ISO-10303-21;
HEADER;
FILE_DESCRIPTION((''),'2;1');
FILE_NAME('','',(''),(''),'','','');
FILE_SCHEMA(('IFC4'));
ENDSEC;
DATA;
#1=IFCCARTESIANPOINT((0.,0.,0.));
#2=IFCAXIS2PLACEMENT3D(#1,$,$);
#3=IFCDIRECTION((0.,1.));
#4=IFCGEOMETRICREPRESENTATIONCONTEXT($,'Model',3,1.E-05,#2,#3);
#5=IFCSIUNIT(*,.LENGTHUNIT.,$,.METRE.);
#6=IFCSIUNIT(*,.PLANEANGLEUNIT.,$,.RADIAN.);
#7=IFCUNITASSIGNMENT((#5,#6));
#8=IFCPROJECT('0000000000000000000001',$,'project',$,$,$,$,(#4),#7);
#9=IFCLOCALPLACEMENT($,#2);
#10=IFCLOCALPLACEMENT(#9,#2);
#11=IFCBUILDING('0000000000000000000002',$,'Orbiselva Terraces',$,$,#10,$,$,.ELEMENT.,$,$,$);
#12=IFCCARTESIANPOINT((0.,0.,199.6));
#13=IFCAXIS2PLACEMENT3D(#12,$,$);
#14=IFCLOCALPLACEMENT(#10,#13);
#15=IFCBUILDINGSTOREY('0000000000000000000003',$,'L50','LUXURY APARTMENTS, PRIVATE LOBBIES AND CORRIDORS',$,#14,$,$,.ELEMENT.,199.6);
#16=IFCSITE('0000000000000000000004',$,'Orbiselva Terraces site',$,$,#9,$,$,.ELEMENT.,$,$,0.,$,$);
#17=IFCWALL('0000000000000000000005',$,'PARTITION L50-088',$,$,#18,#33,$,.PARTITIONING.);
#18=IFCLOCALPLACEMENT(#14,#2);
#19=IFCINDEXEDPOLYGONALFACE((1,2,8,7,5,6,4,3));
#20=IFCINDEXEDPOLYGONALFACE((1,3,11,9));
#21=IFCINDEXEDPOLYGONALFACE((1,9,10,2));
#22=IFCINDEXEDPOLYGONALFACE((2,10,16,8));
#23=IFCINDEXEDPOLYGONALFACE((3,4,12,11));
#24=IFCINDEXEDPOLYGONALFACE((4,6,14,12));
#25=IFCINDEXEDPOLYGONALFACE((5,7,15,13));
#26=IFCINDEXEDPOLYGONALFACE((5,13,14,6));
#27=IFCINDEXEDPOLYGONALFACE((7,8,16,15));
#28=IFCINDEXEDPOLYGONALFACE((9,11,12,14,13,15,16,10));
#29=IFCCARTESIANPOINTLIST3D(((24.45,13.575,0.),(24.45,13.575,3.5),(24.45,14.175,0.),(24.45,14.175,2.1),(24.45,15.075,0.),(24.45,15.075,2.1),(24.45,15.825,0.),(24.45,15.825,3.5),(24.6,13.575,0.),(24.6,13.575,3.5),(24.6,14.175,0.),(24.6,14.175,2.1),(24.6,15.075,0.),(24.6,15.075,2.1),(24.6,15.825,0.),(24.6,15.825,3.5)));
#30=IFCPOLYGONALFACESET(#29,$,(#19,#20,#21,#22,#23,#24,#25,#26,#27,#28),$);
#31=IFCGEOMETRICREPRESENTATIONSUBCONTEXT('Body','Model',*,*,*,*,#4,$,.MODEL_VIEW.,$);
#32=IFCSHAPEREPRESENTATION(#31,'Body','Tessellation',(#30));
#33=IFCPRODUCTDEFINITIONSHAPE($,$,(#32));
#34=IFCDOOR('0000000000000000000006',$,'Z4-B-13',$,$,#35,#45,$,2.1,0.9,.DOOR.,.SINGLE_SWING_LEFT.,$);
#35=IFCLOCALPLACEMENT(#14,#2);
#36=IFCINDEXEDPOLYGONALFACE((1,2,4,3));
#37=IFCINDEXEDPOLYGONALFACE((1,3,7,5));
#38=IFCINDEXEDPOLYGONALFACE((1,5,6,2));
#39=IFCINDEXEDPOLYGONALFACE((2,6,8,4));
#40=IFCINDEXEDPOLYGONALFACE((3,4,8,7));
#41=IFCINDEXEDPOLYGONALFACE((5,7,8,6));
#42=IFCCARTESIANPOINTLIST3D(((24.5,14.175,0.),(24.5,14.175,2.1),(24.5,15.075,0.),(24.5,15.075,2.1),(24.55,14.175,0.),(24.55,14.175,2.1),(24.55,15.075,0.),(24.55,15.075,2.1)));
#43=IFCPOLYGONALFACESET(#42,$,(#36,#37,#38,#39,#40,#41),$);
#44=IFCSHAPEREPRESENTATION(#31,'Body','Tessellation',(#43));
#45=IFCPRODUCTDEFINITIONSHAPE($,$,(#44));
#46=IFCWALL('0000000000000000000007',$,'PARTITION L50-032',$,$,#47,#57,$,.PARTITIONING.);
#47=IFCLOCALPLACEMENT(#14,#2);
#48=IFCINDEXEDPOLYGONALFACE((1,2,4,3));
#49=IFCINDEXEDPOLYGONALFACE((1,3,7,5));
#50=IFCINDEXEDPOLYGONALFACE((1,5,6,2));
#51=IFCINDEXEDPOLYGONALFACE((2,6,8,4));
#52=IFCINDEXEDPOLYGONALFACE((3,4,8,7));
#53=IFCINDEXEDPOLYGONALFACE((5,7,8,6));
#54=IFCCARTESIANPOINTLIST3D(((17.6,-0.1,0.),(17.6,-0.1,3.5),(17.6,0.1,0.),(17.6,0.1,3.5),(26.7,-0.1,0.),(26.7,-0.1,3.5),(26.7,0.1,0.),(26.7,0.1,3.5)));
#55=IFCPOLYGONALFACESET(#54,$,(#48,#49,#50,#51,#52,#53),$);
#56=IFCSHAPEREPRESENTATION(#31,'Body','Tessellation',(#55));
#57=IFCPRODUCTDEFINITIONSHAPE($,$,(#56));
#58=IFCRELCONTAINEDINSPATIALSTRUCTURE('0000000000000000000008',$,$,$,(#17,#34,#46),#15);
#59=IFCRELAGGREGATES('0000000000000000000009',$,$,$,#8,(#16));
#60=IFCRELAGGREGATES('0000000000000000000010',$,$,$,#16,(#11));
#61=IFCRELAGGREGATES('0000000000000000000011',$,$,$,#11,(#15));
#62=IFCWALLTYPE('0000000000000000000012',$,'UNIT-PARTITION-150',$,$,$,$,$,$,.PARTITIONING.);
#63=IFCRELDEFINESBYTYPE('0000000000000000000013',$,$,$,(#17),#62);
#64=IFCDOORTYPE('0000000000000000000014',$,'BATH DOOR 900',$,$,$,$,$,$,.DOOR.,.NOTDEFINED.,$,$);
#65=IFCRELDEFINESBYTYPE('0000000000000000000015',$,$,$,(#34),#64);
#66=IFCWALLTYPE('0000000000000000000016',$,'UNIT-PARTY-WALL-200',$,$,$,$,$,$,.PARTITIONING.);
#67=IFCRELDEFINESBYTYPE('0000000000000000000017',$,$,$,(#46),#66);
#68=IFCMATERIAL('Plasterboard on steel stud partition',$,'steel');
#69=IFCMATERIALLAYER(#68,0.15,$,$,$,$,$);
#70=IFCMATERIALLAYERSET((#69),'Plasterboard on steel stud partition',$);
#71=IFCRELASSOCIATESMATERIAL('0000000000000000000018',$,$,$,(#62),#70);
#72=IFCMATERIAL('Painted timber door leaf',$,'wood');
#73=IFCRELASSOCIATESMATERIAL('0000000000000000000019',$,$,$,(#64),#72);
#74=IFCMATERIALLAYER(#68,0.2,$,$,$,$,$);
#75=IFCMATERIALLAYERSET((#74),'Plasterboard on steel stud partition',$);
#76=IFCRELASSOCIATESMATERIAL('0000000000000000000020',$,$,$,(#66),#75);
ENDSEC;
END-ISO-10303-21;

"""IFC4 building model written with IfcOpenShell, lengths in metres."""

from ifc_helpers import new_model, si_unit, direction, frame, frame_2d, origin, place, context, subcontext, project, spatial, rectangle, extrude, material, layer, layer_set, type_object, element, fill, save


model = new_model("IFC4")

# Units and contexts
model_context = context("Model", 3, precision=1e-05, world=origin(), true_north=direction((0.0, 1.0)))
body_context = subcontext(model_context, "Body", "Model", "MODEL_VIEW")
ifc_project = project(units=[si_unit("LENGTHUNIT", "METRE"), si_unit("PLANEANGLEUNIT", "RADIAN")], contexts=[model_context])

# Site, building, storey
site_placement = place(None, origin())
site = spatial("IfcSite", under=ifc_project, at=site_placement, Name="Orbiselva Terraces site", CompositionType="ELEMENT", RefElevation=0.0)
building_placement = place(site_placement, origin())
building = spatial("IfcBuilding", under=site, at=building_placement, Name="Orbiselva Terraces", CompositionType="ELEMENT")
storey_placement = place(building_placement, frame((0.0, 0.0, 199.6)))
storey = spatial("IfcBuildingStorey", under=building, at=storey_placement, Name="L50", Description="LUXURY APARTMENTS, PRIVATE LOBBIES AND CORRIDORS", CompositionType="ELEMENT", Elevation=199.6)

# Shared definitions
ifc_material_1 = material(Name="Plasterboard on steel stud partition", Category="steel")
ifc_material_2 = material(Name="Painted timber door leaf", Category="wood")

# Shared definitions
ifc_layer_1 = layer(ifc_material_1, 0.15)
ifc_layer_set_1 = layer_set([ifc_layer_1], Name="Plasterboard on steel stud partition")
wall_type_1 = type_object("IfcWallType", Name="UNIT-PARTITION-150", PredefinedType="PARTITIONING", material=ifc_layer_set_1)
door_type_1 = type_object("IfcDoorType", Name="BATH DOOR 900", OperationType="NOTDEFINED", PredefinedType="DOOR", material=ifc_material_2)

# Wall, opening, door
wall_1_placement = place(storey_placement, frame((24.525, 13.575, 0.0), z_axis=(0.0, 0.0, 1.0), x_axis=(0.0, 1.0, 0.0)))
wall_1 = element("IfcWall", 1, at=wall_1_placement, inside=storey, type_object=wall_type_1, Name="PARTITION L50-088", PredefinedType="PARTITIONING", context=body_context, shape_type="SweptSolid", body=[
    extrude(rectangle(XDim=2.25, YDim=0.15, at=frame_2d((1.125, 0.0))), origin(), (0.0, 0.0, 1.0), 3.5),
])
opening_1_placement = place(wall_1_placement, frame((0.6, 0.0, 0.0)))
opening_1 = element("IfcOpeningElement", 2, at=opening_1_placement, cuts=wall_1, PredefinedType="OPENING", context=body_context, shape_type="SweptSolid", body=[
    extrude(rectangle(XDim=0.9, YDim=2.1, at=frame_2d((0.45, 1.05))), frame((0.0, 0.085, 0.0), z_axis=(0.0, -1.0, 0.0), x_axis=(1.0, 0.0, 0.0)), (0.0, 0.0, 1.0), 0.17),
])
door_1_placement = place(opening_1_placement, origin())
door_1 = element("IfcDoor", 3, at=door_1_placement, inside=storey, type_object=door_type_1, Name="Z4-B-13", OperationType="SINGLE_SWING_LEFT", OverallHeight=2.1, OverallWidth=0.9, PredefinedType="DOOR", context=body_context, shape_type="SweptSolid", body=[
    extrude(rectangle(XDim=0.9, YDim=2.1, at=frame_2d((0.45, 1.05))), frame((0.0, 0.025, 0.0), z_axis=(0.0, -1.0, 0.0), x_axis=(1.0, 0.0, 0.0)), (0.0, 0.0, 1.0), 0.05),
])
fill(opening_1, door_1)

# Wall
ifc_layer_2 = layer(ifc_material_1, 0.2)
ifc_layer_set_2 = layer_set([ifc_layer_2], Name="Plasterboard on steel stud partition")
wall_type_2 = type_object("IfcWallType", Name="UNIT-PARTY-WALL-200", PredefinedType="PARTITIONING", material=ifc_layer_set_2)
wall_2_placement = place(storey_placement, frame((17.6, 0.0, 0.0), z_axis=(0.0, 0.0, 1.0), x_axis=(1.0, 0.0, 0.0)))
element("IfcWall", 4, at=wall_2_placement, inside=storey, type_object=wall_type_2, Name="PARTITION L50-032", PredefinedType="PARTITIONING", context=body_context, shape_type="SweptSolid", body=[
    extrude(rectangle(XDim=9.1, YDim=0.2, at=frame_2d((4.55, 0.0))), origin(), (0.0, 0.0, 1.0), 3.5),
])

save(model, "model.ifc")
